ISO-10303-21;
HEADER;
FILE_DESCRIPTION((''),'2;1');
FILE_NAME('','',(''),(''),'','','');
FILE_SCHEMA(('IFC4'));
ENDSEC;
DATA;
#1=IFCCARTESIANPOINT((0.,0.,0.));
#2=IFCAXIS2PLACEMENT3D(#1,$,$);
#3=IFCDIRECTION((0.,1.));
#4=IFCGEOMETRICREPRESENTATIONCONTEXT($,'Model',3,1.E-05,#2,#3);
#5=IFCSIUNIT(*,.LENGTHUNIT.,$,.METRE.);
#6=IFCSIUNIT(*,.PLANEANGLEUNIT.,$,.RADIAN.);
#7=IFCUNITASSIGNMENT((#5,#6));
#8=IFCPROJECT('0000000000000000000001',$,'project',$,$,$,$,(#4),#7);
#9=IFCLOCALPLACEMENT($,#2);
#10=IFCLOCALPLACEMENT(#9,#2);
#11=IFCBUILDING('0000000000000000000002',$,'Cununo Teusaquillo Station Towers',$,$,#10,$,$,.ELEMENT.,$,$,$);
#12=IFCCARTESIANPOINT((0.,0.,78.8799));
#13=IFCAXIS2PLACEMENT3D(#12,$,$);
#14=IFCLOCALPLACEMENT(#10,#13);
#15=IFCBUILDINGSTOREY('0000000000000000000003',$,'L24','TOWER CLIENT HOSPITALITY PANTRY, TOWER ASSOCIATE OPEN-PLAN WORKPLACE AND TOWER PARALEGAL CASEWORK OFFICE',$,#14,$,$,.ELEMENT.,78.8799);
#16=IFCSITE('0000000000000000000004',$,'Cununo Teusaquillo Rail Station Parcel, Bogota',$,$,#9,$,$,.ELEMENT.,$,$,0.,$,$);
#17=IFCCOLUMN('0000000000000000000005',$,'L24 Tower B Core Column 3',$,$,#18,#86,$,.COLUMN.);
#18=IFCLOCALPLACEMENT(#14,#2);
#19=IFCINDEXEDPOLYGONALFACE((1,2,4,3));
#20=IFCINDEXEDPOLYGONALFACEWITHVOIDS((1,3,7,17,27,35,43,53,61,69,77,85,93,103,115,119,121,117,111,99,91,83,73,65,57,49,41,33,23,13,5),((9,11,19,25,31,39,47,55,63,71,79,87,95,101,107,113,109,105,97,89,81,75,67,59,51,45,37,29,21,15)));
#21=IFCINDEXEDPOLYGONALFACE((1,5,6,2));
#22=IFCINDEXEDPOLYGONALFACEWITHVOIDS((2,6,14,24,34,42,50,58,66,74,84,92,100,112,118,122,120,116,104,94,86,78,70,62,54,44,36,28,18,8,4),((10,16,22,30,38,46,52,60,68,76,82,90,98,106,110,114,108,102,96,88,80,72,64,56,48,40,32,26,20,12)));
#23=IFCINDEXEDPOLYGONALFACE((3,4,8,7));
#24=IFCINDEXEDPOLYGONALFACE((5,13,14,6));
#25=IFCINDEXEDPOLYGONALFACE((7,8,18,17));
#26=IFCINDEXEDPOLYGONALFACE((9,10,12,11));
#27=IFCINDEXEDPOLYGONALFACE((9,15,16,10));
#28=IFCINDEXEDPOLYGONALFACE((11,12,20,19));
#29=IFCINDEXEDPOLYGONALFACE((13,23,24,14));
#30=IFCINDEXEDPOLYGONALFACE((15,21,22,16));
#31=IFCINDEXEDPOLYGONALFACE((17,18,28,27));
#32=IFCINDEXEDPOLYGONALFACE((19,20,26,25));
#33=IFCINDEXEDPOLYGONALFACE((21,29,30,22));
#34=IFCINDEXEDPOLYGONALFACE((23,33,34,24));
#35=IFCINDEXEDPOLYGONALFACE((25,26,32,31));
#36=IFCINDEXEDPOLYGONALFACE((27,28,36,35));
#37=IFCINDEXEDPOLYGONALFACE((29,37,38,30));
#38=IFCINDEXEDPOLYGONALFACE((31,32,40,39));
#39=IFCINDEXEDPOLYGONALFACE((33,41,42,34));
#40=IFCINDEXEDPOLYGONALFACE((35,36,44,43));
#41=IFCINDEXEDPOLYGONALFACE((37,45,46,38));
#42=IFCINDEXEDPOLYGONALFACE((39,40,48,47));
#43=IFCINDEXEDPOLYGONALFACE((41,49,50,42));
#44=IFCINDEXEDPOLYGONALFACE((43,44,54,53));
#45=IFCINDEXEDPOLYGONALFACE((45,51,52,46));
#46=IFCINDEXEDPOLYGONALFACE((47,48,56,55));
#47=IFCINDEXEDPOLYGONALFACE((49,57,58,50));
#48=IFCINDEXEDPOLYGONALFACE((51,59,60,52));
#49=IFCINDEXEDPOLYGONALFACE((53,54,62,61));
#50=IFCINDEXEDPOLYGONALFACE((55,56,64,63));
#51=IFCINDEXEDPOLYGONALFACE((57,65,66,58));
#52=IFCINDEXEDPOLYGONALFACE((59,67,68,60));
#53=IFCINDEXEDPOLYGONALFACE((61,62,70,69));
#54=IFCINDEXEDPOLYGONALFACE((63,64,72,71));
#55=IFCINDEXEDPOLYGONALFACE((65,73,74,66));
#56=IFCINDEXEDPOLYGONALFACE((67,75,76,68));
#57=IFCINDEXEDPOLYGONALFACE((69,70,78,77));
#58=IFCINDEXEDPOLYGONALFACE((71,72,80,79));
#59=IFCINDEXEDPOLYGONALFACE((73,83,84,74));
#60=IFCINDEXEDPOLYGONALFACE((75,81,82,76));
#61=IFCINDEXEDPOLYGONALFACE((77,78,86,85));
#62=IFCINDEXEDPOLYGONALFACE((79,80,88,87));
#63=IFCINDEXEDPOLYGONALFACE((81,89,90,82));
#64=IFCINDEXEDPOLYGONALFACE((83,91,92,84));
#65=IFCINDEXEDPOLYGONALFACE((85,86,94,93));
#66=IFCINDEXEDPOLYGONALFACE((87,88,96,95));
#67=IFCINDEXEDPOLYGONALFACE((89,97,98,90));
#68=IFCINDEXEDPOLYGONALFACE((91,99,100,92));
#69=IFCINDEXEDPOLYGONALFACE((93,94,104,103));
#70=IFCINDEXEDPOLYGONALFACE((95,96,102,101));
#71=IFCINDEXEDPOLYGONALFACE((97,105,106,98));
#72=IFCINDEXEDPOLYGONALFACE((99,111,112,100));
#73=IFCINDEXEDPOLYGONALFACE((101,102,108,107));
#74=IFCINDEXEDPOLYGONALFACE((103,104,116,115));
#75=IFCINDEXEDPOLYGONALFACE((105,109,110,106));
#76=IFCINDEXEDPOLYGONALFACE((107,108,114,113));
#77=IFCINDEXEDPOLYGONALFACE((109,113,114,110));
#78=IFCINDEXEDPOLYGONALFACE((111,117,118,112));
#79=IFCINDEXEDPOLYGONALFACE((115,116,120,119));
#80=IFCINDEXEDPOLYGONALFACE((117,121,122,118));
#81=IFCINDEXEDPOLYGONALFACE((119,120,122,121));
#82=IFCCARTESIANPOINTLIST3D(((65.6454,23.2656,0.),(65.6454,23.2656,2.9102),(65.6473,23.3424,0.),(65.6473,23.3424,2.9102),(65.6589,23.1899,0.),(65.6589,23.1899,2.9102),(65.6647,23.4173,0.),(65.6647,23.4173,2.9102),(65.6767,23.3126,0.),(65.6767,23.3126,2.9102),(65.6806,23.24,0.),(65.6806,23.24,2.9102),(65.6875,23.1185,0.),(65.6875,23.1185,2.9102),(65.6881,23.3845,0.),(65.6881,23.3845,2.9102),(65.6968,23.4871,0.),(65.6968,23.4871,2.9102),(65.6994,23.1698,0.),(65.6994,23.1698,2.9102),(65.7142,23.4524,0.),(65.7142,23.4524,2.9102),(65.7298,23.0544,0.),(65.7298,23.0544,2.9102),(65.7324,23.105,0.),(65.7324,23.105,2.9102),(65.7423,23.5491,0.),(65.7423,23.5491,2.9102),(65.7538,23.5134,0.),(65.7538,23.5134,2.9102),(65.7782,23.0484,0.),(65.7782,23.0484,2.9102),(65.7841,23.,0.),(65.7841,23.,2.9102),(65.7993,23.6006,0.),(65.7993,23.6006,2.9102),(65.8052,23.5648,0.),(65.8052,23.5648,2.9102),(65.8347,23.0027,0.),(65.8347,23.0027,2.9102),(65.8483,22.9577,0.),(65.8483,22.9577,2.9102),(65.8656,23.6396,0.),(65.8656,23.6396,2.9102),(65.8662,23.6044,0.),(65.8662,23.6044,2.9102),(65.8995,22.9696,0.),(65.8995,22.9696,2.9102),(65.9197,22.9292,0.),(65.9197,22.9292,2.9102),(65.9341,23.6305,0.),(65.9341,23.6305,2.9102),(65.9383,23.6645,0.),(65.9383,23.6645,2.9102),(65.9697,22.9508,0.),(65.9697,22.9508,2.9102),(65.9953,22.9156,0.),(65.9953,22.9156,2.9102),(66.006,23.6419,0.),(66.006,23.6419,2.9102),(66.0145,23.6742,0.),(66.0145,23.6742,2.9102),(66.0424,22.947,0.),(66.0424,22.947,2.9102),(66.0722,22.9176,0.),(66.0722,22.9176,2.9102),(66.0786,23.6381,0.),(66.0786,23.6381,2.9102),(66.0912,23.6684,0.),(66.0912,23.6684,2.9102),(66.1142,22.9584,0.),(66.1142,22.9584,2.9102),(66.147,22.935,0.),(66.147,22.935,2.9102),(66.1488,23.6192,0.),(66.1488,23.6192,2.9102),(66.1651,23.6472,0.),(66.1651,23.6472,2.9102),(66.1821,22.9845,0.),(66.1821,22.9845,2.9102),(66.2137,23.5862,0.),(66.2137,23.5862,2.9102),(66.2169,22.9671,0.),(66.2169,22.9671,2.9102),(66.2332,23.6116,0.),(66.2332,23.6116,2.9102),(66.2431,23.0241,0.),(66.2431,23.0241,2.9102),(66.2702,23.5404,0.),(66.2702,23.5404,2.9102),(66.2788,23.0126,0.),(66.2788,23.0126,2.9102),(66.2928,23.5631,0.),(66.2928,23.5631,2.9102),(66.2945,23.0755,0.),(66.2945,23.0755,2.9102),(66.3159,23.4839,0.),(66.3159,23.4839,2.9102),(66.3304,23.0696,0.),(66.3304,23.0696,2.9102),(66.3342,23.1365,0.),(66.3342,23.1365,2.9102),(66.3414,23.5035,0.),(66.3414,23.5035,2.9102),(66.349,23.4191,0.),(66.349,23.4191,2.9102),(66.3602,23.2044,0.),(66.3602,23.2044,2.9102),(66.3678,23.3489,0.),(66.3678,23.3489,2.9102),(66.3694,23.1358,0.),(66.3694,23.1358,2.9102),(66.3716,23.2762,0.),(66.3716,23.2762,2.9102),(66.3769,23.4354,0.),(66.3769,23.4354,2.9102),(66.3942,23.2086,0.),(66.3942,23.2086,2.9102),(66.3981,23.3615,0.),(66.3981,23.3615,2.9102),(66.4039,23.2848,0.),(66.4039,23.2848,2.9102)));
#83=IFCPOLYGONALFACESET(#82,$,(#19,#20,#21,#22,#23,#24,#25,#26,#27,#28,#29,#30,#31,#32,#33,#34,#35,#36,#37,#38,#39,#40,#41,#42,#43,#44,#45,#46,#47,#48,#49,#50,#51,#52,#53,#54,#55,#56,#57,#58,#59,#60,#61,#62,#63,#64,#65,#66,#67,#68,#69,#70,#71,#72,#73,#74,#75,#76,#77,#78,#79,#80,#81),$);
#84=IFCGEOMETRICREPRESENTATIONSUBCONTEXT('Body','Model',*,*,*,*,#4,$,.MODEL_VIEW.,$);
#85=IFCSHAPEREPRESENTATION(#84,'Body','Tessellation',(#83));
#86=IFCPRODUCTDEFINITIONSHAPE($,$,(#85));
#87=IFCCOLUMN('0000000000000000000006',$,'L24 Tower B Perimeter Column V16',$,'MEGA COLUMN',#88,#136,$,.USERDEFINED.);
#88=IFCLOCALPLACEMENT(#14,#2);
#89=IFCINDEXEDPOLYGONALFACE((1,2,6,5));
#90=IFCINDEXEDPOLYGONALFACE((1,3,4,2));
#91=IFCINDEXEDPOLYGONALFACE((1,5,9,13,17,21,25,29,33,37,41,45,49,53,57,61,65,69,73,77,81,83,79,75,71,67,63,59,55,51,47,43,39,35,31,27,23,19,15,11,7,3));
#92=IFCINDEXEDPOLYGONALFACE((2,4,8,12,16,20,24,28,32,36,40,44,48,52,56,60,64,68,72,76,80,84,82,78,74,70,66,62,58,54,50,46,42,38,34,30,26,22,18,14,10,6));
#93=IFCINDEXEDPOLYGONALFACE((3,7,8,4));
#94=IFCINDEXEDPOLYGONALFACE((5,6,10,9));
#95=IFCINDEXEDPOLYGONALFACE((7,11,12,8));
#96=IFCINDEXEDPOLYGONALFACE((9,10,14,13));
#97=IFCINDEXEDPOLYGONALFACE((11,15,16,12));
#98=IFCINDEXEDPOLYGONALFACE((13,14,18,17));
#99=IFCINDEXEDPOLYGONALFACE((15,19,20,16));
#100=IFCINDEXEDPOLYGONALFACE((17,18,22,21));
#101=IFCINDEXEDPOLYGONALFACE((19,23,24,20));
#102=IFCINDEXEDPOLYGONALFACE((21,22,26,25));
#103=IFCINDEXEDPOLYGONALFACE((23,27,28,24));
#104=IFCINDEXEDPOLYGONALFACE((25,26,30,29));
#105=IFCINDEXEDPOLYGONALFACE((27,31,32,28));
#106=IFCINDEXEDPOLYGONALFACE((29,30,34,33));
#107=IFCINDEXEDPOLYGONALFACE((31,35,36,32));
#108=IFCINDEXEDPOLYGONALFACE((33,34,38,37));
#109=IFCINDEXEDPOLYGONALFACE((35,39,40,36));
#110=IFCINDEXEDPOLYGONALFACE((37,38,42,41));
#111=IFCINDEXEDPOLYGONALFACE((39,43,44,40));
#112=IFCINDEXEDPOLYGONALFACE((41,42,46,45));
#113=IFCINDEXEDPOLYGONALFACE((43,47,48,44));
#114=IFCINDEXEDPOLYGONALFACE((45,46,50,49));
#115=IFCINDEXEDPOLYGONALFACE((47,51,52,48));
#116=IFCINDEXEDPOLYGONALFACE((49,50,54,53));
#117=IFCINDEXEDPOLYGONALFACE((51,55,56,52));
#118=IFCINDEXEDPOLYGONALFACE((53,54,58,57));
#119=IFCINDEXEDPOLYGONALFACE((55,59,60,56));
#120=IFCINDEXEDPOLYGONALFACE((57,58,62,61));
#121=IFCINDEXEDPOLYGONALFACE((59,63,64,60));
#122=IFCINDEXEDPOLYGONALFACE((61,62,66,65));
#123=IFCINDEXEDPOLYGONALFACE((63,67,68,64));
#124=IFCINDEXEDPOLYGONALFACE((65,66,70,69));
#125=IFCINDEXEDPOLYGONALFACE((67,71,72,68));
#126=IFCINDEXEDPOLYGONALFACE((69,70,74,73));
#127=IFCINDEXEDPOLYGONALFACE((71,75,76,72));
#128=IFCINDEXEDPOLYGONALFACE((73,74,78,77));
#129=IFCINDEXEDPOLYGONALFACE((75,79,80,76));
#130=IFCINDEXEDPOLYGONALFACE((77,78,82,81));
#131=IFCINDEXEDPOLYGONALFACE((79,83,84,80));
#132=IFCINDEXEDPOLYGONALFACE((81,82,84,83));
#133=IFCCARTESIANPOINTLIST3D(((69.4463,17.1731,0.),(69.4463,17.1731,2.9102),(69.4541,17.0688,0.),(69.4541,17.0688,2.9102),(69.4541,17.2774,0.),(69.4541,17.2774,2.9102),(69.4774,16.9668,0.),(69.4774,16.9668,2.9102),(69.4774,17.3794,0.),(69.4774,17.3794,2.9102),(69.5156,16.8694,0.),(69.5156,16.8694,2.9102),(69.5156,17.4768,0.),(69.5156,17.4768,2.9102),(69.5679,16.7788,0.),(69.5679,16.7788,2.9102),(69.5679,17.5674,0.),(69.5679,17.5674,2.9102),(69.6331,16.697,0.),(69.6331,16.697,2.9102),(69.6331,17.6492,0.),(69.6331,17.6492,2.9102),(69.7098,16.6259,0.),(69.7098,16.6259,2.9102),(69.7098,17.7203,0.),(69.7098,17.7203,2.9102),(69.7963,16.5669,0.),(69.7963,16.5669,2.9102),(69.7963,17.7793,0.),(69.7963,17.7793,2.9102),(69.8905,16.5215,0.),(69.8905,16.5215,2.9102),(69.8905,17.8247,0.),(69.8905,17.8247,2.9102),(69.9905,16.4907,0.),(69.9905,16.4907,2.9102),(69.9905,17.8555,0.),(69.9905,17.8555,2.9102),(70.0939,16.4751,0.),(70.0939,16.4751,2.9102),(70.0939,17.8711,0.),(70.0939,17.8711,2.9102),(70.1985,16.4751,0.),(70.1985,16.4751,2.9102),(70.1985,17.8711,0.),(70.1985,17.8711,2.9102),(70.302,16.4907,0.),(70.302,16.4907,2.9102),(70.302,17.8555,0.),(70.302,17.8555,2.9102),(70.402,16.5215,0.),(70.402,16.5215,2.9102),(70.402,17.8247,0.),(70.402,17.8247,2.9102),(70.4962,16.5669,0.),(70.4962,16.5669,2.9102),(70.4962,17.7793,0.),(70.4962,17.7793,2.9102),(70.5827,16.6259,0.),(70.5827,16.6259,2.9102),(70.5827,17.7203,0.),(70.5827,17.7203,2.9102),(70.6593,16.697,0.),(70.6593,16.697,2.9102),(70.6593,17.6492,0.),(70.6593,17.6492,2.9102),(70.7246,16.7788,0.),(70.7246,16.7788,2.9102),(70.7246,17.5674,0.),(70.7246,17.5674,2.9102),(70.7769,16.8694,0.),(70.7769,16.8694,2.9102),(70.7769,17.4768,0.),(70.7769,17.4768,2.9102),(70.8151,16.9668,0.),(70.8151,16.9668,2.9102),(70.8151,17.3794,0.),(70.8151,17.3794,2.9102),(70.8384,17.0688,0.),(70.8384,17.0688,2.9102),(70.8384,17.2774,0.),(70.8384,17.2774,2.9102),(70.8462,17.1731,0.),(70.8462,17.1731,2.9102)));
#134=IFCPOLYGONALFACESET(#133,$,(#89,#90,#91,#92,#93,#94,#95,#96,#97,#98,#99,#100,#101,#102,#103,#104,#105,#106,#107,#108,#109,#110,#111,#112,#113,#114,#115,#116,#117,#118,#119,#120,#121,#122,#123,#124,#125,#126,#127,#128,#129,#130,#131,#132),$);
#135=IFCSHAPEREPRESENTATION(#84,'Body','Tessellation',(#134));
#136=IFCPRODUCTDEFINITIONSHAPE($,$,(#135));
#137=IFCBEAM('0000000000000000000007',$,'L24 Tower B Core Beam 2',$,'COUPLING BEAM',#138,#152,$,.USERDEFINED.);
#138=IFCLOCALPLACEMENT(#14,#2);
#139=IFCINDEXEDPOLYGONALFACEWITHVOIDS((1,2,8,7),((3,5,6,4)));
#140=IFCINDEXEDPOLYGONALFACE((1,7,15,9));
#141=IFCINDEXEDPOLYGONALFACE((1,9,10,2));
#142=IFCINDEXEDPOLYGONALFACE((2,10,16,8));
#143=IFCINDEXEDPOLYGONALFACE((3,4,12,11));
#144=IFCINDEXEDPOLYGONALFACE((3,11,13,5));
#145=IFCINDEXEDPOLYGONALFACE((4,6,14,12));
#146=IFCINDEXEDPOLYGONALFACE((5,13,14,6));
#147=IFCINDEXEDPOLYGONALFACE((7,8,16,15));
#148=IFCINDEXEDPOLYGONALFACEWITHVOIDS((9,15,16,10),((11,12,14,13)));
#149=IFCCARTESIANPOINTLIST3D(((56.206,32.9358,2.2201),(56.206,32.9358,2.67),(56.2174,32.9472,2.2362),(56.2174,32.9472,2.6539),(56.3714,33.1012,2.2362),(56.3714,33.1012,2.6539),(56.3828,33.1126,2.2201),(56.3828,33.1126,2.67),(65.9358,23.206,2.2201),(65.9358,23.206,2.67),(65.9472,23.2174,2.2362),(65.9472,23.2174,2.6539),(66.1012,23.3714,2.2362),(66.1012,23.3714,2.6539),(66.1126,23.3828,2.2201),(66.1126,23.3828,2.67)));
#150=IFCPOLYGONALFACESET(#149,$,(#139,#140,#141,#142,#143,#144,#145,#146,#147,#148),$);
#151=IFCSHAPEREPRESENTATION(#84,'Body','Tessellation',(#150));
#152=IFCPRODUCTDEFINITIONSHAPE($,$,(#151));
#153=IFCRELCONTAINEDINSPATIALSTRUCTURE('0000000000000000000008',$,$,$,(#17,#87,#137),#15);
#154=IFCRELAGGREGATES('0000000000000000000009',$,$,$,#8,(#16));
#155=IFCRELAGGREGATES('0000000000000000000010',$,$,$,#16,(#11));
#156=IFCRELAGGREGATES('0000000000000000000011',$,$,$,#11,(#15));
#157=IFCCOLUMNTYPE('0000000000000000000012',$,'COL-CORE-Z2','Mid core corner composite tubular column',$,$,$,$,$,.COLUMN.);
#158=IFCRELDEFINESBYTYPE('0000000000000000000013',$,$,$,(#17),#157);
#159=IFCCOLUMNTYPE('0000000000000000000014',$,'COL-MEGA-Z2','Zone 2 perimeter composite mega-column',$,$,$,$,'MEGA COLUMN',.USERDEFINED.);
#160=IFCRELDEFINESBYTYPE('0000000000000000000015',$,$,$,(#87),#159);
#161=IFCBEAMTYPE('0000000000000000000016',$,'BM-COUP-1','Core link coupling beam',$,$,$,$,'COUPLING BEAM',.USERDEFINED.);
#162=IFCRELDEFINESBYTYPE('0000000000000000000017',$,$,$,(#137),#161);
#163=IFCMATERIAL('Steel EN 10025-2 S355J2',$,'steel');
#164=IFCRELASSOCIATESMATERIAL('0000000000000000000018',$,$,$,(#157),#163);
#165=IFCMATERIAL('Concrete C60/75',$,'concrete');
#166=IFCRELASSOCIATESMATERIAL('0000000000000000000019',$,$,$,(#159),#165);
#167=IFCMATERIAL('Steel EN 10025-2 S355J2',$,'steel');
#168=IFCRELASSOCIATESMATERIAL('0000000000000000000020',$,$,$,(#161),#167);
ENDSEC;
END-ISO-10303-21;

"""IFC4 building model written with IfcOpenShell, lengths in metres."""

from ifc_helpers import new_model, si_unit, direction, frame, origin, origin_2d, place, context, subcontext, project, spatial, hollow_rectangle, circle, hollow_circle, extrude, material, material_profile, profile_set, type_object, element, save


model = new_model("IFC4")

# Units and contexts
model_context = context("Model", 3, precision=1e-05, world=origin(), true_north=direction((0.0, 1.0)))
body_context = subcontext(model_context, "Body", "Model", "MODEL_VIEW")
ifc_project = project(units=[si_unit("LENGTHUNIT", "METRE"), si_unit("PLANEANGLEUNIT", "RADIAN")], contexts=[model_context])

# Site, building, storey
site_placement = place(None, origin())
site = spatial("IfcSite", under=ifc_project, at=site_placement, Name="Cununo Teusaquillo Rail Station Parcel, Bogota", CompositionType="ELEMENT", RefElevation=0.0)
building_placement = place(site_placement, origin())
building = spatial("IfcBuilding", under=site, at=building_placement, Name="Cununo Teusaquillo Station Towers", CompositionType="ELEMENT")
storey_placement = place(building_placement, frame((0.0, 0.0, 78.8799)))
storey = spatial("IfcBuildingStorey", under=building, at=storey_placement, Name="L24", Description="TOWER CLIENT HOSPITALITY PANTRY, TOWER ASSOCIATE OPEN-PLAN WORKPLACE AND TOWER PARALEGAL CASEWORK OFFICE", CompositionType="ELEMENT", Elevation=78.8799)

# Columns
ifc_material_1 = material(Name="Steel EN 10025-2 S355J2", Category="steel")
ifc_material_profile_1 = material_profile(ifc_material_1, hollow_circle(Radius=0.3799, WallThickness=0.032, at=origin_2d()), Name="CHS 760x32")
ifc_profile_set_1 = profile_set([ifc_material_profile_1], Name="Steel EN 10025-2 S355J2")
column_type_1 = type_object("IfcColumnType", Name="COL-CORE-Z2", Description="Mid core corner composite tubular column", PredefinedType="COLUMN", material=ifc_profile_set_1)
column_1_placement = place(storey_placement, frame((66.0242, 23.2944, 0.0), z_axis=(0.0, 0.0, 1.0), x_axis=(0.707107, 0.707107, 0.0)))
element("IfcColumn", 1, at=column_1_placement, inside=storey, type_object=column_type_1, Name="L24 Tower B Core Column 3", PredefinedType="COLUMN", context=body_context, shape_type="SweptSolid", body=[
    extrude(hollow_circle(Radius=0.3799, WallThickness=0.032, at=origin_2d()), origin(), (0.0, 0.0, 1.0), 2.9102),
])
ifc_material_2 = material(Name="Concrete C60/75", Category="concrete")
ifc_material_profile_2 = material_profile(ifc_material_2, circle(Radius=0.7, at=origin_2d()), Name="RC-CIRC-1400")
ifc_profile_set_2 = profile_set([ifc_material_profile_2], Name="Concrete C60/75")
column_type_2 = type_object("IfcColumnType", Name="COL-MEGA-Z2", Description="Zone 2 perimeter composite mega-column", ElementType="MEGA COLUMN", PredefinedType="USERDEFINED", material=ifc_profile_set_2)
column_2_placement = place(storey_placement, frame((70.1462, 17.1731, 0.0), z_axis=(0.0, 0.0, 1.0), x_axis=(1.0, 0.0, 0.0)))
element("IfcColumn", 2, at=column_2_placement, inside=storey, type_object=column_type_2, Name="L24 Tower B Perimeter Column V16", ObjectType="MEGA COLUMN", PredefinedType="USERDEFINED", context=body_context, shape_type="SweptSolid", body=[
    extrude(circle(Radius=0.7, at=origin_2d()), origin(), (0.0, 0.0, 1.0), 2.9102),
])

# Beam
ifc_material_3 = material(Name="Steel EN 10025-2 S355J2", Category="steel")
ifc_material_profile_3 = material_profile(ifc_material_3, hollow_rectangle(XDim=0.25, YDim=0.45, WallThickness=0.0161, at=origin_2d()), Name="RHS 450x250x16")
ifc_profile_set_3 = profile_set([ifc_material_profile_3], Name="Steel EN 10025-2 S355J2")
beam_type_1 = type_object("IfcBeamType", Name="BM-COUP-1", Description="Core link coupling beam", ElementType="COUPLING BEAM", PredefinedType="USERDEFINED", material=ifc_profile_set_3)
beam_1_placement = place(storey_placement, frame((66.0242, 23.2944, 2.4451), z_axis=(-0.707107, 0.707107, 0.0), x_axis=(-0.707107, -0.707107, 0.0)))
element("IfcBeam", 3, at=beam_1_placement, inside=storey, type_object=beam_type_1, Name="L24 Tower B Core Beam 2", ObjectType="COUPLING BEAM", PredefinedType="USERDEFINED", context=body_context, shape_type="SweptSolid", body=[
    extrude(hollow_rectangle(XDim=0.25, YDim=0.45, WallThickness=0.0161, at=origin_2d()), origin(), (0.0, 0.0, 1.0), 13.76),
])

save(model, "model.ifc")
